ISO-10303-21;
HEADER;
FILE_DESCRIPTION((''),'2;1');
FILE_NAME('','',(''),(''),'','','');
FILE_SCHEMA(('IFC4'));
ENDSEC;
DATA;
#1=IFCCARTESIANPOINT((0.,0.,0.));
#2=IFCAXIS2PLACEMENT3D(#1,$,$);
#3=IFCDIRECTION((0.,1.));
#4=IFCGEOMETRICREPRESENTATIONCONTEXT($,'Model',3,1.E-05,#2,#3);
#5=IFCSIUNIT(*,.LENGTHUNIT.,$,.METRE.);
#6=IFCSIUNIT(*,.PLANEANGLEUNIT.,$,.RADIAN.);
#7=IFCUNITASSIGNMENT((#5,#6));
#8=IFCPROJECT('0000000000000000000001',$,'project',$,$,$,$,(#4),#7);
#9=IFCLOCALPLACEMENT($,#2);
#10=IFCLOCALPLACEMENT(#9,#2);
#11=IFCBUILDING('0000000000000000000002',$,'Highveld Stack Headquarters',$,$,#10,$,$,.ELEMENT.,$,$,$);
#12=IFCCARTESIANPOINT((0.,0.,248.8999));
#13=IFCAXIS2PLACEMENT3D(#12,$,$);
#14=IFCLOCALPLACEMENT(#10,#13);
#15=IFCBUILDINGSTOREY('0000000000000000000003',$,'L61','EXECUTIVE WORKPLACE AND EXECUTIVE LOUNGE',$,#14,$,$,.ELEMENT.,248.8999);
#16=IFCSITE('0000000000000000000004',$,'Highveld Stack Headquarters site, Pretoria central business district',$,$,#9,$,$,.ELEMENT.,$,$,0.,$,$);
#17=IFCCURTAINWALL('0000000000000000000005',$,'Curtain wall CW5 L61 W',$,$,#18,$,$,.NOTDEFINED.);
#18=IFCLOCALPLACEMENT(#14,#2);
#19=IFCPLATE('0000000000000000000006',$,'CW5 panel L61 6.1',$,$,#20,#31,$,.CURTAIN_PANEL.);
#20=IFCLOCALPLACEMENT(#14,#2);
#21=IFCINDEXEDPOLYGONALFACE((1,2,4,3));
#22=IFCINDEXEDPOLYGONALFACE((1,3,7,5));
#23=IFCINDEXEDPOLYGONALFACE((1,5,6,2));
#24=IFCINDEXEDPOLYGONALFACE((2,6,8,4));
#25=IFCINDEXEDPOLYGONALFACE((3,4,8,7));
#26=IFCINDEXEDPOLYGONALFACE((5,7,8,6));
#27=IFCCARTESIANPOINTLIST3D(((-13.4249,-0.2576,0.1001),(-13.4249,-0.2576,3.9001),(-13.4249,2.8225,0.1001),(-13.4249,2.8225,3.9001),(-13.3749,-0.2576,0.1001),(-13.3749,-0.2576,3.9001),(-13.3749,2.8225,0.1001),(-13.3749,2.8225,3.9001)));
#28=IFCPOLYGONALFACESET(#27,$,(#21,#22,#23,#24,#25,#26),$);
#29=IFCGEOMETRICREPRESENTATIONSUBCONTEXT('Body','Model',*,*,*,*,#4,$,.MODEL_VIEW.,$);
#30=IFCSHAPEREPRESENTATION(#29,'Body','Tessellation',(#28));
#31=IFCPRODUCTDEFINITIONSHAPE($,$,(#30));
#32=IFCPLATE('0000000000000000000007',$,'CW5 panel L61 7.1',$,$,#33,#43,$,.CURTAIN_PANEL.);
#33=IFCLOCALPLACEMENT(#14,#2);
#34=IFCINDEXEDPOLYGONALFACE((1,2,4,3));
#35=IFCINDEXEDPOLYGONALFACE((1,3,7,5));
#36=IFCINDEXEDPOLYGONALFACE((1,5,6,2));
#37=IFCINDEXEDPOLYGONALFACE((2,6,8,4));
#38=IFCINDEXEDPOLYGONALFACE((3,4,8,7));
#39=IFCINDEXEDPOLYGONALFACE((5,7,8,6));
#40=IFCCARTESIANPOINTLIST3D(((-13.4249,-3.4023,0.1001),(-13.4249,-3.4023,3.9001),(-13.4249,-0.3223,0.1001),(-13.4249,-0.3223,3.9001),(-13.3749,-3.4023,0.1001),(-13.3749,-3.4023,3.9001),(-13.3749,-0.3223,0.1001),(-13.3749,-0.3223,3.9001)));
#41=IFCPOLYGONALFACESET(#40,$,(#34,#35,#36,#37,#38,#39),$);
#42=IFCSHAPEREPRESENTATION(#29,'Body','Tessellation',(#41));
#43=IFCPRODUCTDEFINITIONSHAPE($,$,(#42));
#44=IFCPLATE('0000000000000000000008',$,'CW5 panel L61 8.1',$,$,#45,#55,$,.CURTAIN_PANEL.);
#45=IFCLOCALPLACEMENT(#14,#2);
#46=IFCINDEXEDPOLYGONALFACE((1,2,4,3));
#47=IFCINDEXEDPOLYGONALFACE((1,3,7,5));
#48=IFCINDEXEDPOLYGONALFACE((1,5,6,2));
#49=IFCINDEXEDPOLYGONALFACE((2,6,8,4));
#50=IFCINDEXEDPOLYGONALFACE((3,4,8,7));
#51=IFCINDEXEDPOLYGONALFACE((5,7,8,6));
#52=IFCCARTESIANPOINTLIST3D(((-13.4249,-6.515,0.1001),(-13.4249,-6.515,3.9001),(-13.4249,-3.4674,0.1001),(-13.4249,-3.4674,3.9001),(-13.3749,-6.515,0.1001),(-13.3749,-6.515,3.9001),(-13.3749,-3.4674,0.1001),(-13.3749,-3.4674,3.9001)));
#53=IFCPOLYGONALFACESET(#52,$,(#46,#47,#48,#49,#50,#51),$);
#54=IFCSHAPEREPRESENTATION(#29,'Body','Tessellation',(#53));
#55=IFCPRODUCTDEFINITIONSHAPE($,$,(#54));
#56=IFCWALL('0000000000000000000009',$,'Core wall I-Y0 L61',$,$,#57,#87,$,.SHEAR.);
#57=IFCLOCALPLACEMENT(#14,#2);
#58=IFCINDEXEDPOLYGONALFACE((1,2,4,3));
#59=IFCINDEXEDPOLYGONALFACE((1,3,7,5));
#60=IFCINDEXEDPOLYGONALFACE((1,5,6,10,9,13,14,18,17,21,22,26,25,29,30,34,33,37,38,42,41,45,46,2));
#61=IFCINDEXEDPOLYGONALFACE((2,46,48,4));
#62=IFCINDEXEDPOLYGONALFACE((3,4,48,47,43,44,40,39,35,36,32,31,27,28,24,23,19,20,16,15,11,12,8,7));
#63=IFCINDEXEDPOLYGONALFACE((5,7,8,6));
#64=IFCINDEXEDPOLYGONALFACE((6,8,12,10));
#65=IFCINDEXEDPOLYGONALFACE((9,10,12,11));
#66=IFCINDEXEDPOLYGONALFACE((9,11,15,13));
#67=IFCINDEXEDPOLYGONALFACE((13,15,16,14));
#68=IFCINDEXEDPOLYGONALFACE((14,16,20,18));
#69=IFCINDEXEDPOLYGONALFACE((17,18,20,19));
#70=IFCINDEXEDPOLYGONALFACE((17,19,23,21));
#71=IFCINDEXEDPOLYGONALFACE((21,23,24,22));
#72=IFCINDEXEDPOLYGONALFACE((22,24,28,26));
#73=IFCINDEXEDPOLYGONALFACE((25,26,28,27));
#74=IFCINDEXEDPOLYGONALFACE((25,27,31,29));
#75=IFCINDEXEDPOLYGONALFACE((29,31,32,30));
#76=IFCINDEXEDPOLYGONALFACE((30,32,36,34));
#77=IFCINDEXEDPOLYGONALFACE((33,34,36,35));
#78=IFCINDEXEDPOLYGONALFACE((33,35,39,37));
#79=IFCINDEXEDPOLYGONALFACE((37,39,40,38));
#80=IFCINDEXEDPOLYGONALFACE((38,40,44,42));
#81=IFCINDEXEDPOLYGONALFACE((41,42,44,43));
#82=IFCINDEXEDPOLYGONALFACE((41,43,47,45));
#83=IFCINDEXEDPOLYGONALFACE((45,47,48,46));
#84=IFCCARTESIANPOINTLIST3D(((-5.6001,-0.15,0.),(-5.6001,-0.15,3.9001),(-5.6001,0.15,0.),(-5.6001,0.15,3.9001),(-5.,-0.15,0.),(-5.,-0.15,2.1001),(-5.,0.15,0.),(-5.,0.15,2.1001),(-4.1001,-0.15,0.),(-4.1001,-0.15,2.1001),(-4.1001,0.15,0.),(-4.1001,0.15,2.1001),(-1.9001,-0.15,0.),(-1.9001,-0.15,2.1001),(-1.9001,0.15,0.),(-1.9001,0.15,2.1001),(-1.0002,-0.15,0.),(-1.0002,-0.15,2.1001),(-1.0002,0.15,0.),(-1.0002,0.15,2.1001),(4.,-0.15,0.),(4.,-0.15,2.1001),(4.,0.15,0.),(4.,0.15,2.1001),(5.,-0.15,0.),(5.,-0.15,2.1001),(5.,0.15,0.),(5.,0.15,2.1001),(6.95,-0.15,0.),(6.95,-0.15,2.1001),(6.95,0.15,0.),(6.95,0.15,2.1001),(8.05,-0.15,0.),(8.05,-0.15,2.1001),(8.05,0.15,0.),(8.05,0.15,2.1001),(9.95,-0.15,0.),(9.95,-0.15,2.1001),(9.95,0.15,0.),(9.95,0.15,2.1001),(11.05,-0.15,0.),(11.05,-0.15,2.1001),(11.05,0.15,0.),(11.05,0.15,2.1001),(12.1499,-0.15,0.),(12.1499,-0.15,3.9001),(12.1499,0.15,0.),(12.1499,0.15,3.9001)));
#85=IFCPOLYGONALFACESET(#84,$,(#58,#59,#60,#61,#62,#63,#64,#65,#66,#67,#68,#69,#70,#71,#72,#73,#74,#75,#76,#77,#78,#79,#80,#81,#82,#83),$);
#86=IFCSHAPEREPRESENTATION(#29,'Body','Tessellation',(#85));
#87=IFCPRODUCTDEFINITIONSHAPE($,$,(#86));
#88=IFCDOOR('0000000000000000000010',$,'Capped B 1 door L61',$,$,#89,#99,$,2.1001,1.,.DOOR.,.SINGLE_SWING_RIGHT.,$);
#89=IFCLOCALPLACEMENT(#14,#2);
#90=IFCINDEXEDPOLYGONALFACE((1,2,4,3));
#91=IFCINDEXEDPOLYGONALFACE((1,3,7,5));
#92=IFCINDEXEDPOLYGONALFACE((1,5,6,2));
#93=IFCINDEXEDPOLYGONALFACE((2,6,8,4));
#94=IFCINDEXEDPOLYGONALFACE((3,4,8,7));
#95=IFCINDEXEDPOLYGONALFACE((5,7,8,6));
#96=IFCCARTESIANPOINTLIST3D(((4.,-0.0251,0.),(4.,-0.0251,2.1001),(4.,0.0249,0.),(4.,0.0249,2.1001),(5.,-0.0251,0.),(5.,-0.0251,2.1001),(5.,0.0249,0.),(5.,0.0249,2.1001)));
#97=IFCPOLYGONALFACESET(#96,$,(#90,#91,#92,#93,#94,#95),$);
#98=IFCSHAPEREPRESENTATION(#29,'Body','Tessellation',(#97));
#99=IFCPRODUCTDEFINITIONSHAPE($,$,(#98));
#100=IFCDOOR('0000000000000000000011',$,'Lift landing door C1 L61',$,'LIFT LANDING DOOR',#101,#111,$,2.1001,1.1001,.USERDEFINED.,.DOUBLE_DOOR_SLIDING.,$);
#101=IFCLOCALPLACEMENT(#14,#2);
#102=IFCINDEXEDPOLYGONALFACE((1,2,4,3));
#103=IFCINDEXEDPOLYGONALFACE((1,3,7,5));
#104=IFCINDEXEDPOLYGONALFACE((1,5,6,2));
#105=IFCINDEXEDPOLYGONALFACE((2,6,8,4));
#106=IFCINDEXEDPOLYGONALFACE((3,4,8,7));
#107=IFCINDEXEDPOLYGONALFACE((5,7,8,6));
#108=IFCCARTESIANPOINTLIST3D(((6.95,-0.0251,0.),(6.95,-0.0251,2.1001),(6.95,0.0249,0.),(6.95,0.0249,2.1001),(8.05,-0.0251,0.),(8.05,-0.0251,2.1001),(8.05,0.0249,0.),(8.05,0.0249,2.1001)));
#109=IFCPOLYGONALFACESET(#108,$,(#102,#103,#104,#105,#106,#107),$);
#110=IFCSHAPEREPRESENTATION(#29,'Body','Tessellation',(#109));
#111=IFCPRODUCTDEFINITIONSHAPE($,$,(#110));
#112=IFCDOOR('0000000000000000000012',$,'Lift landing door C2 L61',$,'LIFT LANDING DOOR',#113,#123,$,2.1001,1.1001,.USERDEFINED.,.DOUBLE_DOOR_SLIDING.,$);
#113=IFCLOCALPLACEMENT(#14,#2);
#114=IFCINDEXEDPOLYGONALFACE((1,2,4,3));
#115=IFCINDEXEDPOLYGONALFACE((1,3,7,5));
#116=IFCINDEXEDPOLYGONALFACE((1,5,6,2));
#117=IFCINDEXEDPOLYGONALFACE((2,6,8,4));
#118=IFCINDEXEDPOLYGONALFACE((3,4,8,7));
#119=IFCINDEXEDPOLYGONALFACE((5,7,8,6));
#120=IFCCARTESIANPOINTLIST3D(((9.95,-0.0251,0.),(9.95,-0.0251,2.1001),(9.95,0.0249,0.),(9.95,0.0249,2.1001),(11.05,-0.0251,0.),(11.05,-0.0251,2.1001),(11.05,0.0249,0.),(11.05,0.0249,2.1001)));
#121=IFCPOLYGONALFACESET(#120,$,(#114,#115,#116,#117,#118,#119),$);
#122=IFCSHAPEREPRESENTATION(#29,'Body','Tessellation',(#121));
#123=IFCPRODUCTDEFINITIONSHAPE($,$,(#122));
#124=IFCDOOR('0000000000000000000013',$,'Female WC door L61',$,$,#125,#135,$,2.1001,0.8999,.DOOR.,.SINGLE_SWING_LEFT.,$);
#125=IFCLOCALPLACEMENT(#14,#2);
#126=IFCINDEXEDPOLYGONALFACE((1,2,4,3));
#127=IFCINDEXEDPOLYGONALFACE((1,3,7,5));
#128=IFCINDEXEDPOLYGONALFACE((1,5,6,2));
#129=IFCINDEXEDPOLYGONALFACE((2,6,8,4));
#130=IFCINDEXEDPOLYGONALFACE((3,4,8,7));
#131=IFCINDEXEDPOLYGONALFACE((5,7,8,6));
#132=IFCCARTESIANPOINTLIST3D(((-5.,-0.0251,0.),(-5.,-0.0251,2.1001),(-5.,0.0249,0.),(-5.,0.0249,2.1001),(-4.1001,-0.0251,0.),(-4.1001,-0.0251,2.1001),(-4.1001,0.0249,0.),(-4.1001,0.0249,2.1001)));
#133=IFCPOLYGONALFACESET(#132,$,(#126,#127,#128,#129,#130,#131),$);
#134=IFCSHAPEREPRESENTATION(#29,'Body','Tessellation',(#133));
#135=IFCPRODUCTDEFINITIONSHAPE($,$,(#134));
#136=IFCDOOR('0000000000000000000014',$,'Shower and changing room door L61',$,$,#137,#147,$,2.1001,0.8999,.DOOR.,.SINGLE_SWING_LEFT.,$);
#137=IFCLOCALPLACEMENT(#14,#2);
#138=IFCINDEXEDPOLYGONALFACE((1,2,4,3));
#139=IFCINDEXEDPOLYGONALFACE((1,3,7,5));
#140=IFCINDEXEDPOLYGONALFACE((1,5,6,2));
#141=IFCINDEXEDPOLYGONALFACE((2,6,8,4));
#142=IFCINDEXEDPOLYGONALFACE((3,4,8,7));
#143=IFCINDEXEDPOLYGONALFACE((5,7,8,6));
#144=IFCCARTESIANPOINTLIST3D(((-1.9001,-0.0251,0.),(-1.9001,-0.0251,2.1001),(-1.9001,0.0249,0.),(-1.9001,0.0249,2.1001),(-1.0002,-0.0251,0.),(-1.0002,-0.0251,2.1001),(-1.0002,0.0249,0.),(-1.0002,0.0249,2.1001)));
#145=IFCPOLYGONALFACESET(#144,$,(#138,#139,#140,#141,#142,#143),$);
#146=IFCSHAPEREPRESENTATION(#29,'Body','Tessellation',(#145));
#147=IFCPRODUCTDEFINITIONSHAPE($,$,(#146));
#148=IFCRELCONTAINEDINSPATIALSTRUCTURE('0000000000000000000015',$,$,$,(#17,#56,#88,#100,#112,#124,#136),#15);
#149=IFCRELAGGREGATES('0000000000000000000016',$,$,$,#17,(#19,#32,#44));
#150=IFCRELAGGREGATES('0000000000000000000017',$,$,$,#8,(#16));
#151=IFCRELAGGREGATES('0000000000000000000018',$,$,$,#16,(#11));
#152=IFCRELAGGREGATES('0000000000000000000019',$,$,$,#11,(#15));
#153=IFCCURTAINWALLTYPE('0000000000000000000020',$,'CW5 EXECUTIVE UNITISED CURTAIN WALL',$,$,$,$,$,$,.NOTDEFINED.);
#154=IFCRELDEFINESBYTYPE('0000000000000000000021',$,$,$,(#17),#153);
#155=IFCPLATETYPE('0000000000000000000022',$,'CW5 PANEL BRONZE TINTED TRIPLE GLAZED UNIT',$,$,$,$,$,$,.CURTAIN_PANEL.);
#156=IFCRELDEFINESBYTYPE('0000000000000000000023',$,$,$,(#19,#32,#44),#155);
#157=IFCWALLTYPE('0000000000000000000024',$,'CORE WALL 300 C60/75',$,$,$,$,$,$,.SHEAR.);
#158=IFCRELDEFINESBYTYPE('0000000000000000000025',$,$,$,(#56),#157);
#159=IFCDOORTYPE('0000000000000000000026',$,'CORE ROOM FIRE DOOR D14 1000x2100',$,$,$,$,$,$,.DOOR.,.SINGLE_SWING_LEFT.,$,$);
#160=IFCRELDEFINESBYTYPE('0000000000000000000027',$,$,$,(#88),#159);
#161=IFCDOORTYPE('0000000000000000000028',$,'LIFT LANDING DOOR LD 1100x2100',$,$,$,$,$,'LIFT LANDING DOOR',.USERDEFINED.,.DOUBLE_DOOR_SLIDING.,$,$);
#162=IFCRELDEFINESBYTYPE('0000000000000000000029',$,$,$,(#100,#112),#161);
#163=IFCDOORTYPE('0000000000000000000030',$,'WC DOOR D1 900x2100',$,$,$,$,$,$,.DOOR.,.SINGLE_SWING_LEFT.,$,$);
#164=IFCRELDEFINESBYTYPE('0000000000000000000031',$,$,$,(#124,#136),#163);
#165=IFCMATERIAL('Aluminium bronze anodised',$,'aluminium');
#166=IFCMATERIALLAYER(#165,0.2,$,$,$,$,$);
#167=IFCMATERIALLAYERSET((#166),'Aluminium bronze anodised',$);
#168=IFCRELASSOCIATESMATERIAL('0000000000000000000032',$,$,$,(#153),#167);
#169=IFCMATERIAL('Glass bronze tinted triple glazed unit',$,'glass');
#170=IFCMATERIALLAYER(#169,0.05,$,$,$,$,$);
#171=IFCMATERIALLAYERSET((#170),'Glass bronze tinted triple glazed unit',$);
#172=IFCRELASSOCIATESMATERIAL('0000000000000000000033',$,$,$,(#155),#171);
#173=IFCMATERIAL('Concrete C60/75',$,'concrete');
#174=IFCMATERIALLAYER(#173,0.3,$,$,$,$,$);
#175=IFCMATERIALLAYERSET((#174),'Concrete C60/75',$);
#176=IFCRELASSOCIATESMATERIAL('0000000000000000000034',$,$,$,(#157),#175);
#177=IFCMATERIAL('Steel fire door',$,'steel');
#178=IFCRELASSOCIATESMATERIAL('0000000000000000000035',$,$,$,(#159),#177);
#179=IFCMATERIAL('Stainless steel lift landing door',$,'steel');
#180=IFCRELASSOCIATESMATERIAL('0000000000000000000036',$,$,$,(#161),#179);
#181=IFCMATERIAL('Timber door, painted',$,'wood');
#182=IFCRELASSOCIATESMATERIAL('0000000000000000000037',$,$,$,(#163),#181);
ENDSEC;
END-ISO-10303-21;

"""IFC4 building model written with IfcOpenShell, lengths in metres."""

from ifc_helpers import new_model, si_unit, direction, frame, frame_2d, origin, origin_2d, place, context, subcontext, project, spatial, rectangle, extrude, material, layer, layer_set, type_object, element, fill, aggregate, save


model = new_model("IFC4")

# Units and contexts
model_context = context("Model", 3, precision=1e-05, world=origin(), true_north=direction((0.0, 1.0)))
body_context = subcontext(model_context, "Body", "Model", "MODEL_VIEW")
ifc_project = project(units=[si_unit("LENGTHUNIT", "METRE"), si_unit("PLANEANGLEUNIT", "RADIAN")], contexts=[model_context])

# Site, building, storey
site_placement = place(None, origin())
site = spatial("IfcSite", under=ifc_project, at=site_placement, Name="Highveld Stack Headquarters site, Pretoria central business district", CompositionType="ELEMENT", RefElevation=0.0)
building_placement = place(site_placement, origin())
building = spatial("IfcBuilding", under=site, at=building_placement, Name="Highveld Stack Headquarters", CompositionType="ELEMENT")
storey_placement = place(building_placement, frame((0.0, 0.0, 248.8999)))
storey = spatial("IfcBuildingStorey", under=building, at=storey_placement, Name="L61", Description="EXECUTIVE WORKPLACE AND EXECUTIVE LOUNGE", CompositionType="ELEMENT", Elevation=248.8999)

# Curtain wall, plates
ifc_material_1 = material(Name="Aluminium bronze anodised", Category="aluminium")
ifc_layer_1 = layer(ifc_material_1, 0.2)
ifc_layer_set_1 = layer_set([ifc_layer_1], Name="Aluminium bronze anodised")
curtain_wall_type = type_object("IfcCurtainWallType", Name="CW5 EXECUTIVE UNITISED CURTAIN WALL", PredefinedType="NOTDEFINED", material=ifc_layer_set_1)
curtain_wall_placement = place(storey_placement, origin())
curtain_wall = element("IfcCurtainWall", 1, at=curtain_wall_placement, inside=storey, type_object=curtain_wall_type, Name="Curtain wall CW5 L61 W", PredefinedType="NOTDEFINED")
ifc_material_2 = material(Name="Glass bronze tinted triple glazed unit", Category="glass")
ifc_layer_2 = layer(ifc_material_2, 0.05)
ifc_layer_set_2 = layer_set([ifc_layer_2], Name="Glass bronze tinted triple glazed unit")
plate_type = type_object("IfcPlateType", Name="CW5 PANEL BRONZE TINTED TRIPLE GLAZED UNIT", PredefinedType="CURTAIN_PANEL", material=ifc_layer_set_2)
plate_1_placement = place(storey_placement, frame((-13.3999, 1.2825, 0.1001), z_axis=(0.0, 0.0, 1.0), x_axis=(0.0, -1.0, 0.0)))
plate_1 = element("IfcPlate", 2, at=plate_1_placement, type_object=plate_type, Name="CW5 panel L61 6.1", PredefinedType="CURTAIN_PANEL", context=body_context, shape_type="SweptSolid", body=[
    extrude(rectangle(XDim=3.0801, YDim=0.05, at=origin_2d()), origin(), (0.0, 0.0, 1.0), 3.8),
])
plate_2_placement = place(storey_placement, frame((-13.3999, -1.8623, 0.1001), z_axis=(0.0, 0.0, 1.0), x_axis=(0.0, -1.0, 0.0)))
plate_2 = element("IfcPlate", 3, at=plate_2_placement, type_object=plate_type, Name="CW5 panel L61 7.1", PredefinedType="CURTAIN_PANEL", context=body_context, shape_type="SweptSolid", body=[
    extrude(rectangle(XDim=3.0801, YDim=0.05, at=origin_2d()), origin(), (0.0, 0.0, 1.0), 3.8),
])
plate_3_placement = place(storey_placement, frame((-13.3999, -4.9912, 0.1001), z_axis=(0.0, 0.0, 1.0), x_axis=(0.0, -1.0, 0.0)))
plate_3 = element("IfcPlate", 4, at=plate_3_placement, type_object=plate_type, Name="CW5 panel L61 8.1", PredefinedType="CURTAIN_PANEL", context=body_context, shape_type="SweptSolid", body=[
    extrude(rectangle(XDim=3.0476, YDim=0.05, at=origin_2d()), origin(), (0.0, 0.0, 1.0), 3.8),
])
aggregate(curtain_wall, [plate_1, plate_2, plate_3])

# Wall, openings, doors
ifc_material_3 = material(Name="Concrete C60/75", Category="concrete")
ifc_layer_3 = layer(ifc_material_3, 0.3)
ifc_layer_set_3 = layer_set([ifc_layer_3], Name="Concrete C60/75")
wall_type = type_object("IfcWallType", Name="CORE WALL 300 C60/75", PredefinedType="SHEAR", material=ifc_layer_set_3)
wall_1_placement = place(storey_placement, frame((-5.6001, 0.0, 0.0), z_axis=(0.0, 0.0, 1.0), x_axis=(1.0, 0.0, 0.0)))
wall_1 = element("IfcWall", 5, at=wall_1_placement, inside=storey, type_object=wall_type, Name="Core wall I-Y0 L61", PredefinedType="SHEAR", context=body_context, shape_type="SweptSolid", body=[
    extrude(rectangle(XDim=17.75, YDim=0.3, at=frame_2d((8.875, 0.0))), origin(), (0.0, 0.0, 1.0), 3.9001),
])
opening_1_placement = place(wall_1_placement, frame((0.6001, 0.0, 0.0)))
opening_1 = element("IfcOpeningElement", 6, at=opening_1_placement, cuts=wall_1, PredefinedType="OPENING", context=body_context, shape_type="SweptSolid", body=[
    extrude(rectangle(XDim=0.8999, YDim=2.1001, at=frame_2d((0.45, 1.05))), frame((0.0, 0.1599, 0.0), z_axis=(0.0, -1.0, 0.0), x_axis=(1.0, 0.0, 0.0)), (0.0, 0.0, 1.0), 0.3201),
])
opening_2_placement = place(wall_1_placement, frame((3.7, 0.0, 0.0)))
opening_2 = element("IfcOpeningElement", 7, at=opening_2_placement, cuts=wall_1, PredefinedType="OPENING", context=body_context, shape_type="SweptSolid", body=[
    extrude(rectangle(XDim=0.8999, YDim=2.1001, at=frame_2d((0.45, 1.05))), frame((0.0, 0.1599, 0.0), z_axis=(0.0, -1.0, 0.0), x_axis=(1.0, 0.0, 0.0)), (0.0, 0.0, 1.0), 0.3201),
])
opening_3_placement = place(wall_1_placement, frame((9.6001, 0.0, 0.0)))
opening_3 = element("IfcOpeningElement", 8, at=opening_3_placement, cuts=wall_1, PredefinedType="OPENING", context=body_context, shape_type="SweptSolid", body=[
    extrude(rectangle(XDim=1.0, YDim=2.1001, at=frame_2d((0.5, 1.05))), frame((0.0, 0.1599, 0.0), z_axis=(0.0, -1.0, 0.0), x_axis=(1.0, 0.0, 0.0)), (0.0, 0.0, 1.0), 0.3201),
])
opening_4_placement = place(wall_1_placement, frame((12.55, 0.0, 0.0)))
opening_4 = element("IfcOpeningElement", 9, at=opening_4_placement, cuts=wall_1, PredefinedType="OPENING", context=body_context, shape_type="SweptSolid", body=[
    extrude(rectangle(XDim=1.1001, YDim=2.1001, at=frame_2d((0.55, 1.05))), frame((0.0, 0.1599, 0.0), z_axis=(0.0, -1.0, 0.0), x_axis=(1.0, 0.0, 0.0)), (0.0, 0.0, 1.0), 0.3201),
])
opening_5_placement = place(wall_1_placement, frame((15.55, 0.0, 0.0)))
opening_5 = element("IfcOpeningElement", 10, at=opening_5_placement, cuts=wall_1, PredefinedType="OPENING", context=body_context, shape_type="SweptSolid", body=[
    extrude(rectangle(XDim=1.1001, YDim=2.1001, at=frame_2d((0.55, 1.05))), frame((0.0, 0.1599, 0.0), z_axis=(0.0, -1.0, 0.0), x_axis=(1.0, 0.0, 0.0)), (0.0, 0.0, 1.0), 0.3201),
])
ifc_material_4 = material(Name="Steel fire door", Category="steel")
door_type_1 = type_object("IfcDoorType", Name="CORE ROOM FIRE DOOR D14 1000x2100", OperationType="SINGLE_SWING_LEFT", PredefinedType="DOOR", material=ifc_material_4)
door_1_placement = place(opening_3_placement, origin())
door_1 = element("IfcDoor", 11, at=door_1_placement, inside=storey, type_object=door_type_1, Name="Capped B 1 door L61", OperationType="SINGLE_SWING_RIGHT", OverallHeight=2.1001, OverallWidth=1.0, PredefinedType="DOOR", context=body_context, shape_type="SweptSolid", body=[
    extrude(rectangle(XDim=1.0, YDim=2.1001, at=frame_2d((0.5, 1.05))), frame((0.0, 0.0249, 0.0), z_axis=(0.0, -1.0, 0.0), x_axis=(1.0, 0.0, 0.0)), (0.0, 0.0, 1.0), 0.05),
])
fill(opening_3, door_1)
ifc_material_5 = material(Name="Stainless steel lift landing door", Category="steel")
door_type_2 = type_object("IfcDoorType", Name="LIFT LANDING DOOR LD 1100x2100", ElementType="LIFT LANDING DOOR", OperationType="DOUBLE_DOOR_SLIDING", PredefinedType="USERDEFINED", material=ifc_material_5)
door_2_placement = place(opening_4_placement, origin())
door_2 = element("IfcDoor", 12, at=door_2_placement, inside=storey, type_object=door_type_2, Name="Lift landing door C1 L61", ObjectType="LIFT LANDING DOOR", OperationType="DOUBLE_DOOR_SLIDING", OverallHeight=2.1001, OverallWidth=1.1001, PredefinedType="USERDEFINED", context=body_context, shape_type="SweptSolid", body=[
    extrude(rectangle(XDim=1.1001, YDim=2.1001, at=frame_2d((0.55, 1.05))), frame((0.0, 0.0249, 0.0), z_axis=(0.0, -1.0, 0.0), x_axis=(1.0, 0.0, 0.0)), (0.0, 0.0, 1.0), 0.05),
])
fill(opening_4, door_2)
door_3_placement = place(opening_5_placement, origin())
door_3 = element("IfcDoor", 13, at=door_3_placement, inside=storey, type_object=door_type_2, Name="Lift landing door C2 L61", ObjectType="LIFT LANDING DOOR", OperationType="DOUBLE_DOOR_SLIDING", OverallHeight=2.1001, OverallWidth=1.1001, PredefinedType="USERDEFINED", context=body_context, shape_type="SweptSolid", body=[
    extrude(rectangle(XDim=1.1001, YDim=2.1001, at=frame_2d((0.55, 1.05))), frame((0.0, 0.0249, 0.0), z_axis=(0.0, -1.0, 0.0), x_axis=(1.0, 0.0, 0.0)), (0.0, 0.0, 1.0), 0.05),
])
fill(opening_5, door_3)
ifc_material_6 = material(Name="Timber door, painted", Category="wood")
door_type_3 = type_object("IfcDoorType", Name="WC DOOR D1 900x2100", OperationType="SINGLE_SWING_LEFT", PredefinedType="DOOR", material=ifc_material_6)
door_4_placement = place(opening_1_placement, origin())
door_4 = element("IfcDoor", 14, at=door_4_placement, inside=storey, type_object=door_type_3, Name="Female WC door L61", OperationType="SINGLE_SWING_LEFT", OverallHeight=2.1001, OverallWidth=0.8999, PredefinedType="DOOR", context=body_context, shape_type="SweptSolid", body=[
    extrude(rectangle(XDim=0.8999, YDim=2.1001, at=frame_2d((0.45, 1.05))), frame((0.0, 0.0249, 0.0), z_axis=(0.0, -1.0, 0.0), x_axis=(1.0, 0.0, 0.0)), (0.0, 0.0, 1.0), 0.05),
])
fill(opening_1, door_4)
door_5_placement = place(opening_2_placement, origin())
door_5 = element("IfcDoor", 15, at=door_5_placement, inside=storey, type_object=door_type_3, Name="Shower and changing room door L61", OperationType="SINGLE_SWING_LEFT", OverallHeight=2.1001, OverallWidth=0.8999, PredefinedType="DOOR", context=body_context, shape_type="SweptSolid", body=[
    extrude(rectangle(XDim=0.8999, YDim=2.1001, at=frame_2d((0.45, 1.05))), frame((0.0, 0.0249, 0.0), z_axis=(0.0, -1.0, 0.0), x_axis=(1.0, 0.0, 0.0)), (0.0, 0.0, 1.0), 0.05),
])
fill(opening_2, door_5)

save(model, "model.ifc")
